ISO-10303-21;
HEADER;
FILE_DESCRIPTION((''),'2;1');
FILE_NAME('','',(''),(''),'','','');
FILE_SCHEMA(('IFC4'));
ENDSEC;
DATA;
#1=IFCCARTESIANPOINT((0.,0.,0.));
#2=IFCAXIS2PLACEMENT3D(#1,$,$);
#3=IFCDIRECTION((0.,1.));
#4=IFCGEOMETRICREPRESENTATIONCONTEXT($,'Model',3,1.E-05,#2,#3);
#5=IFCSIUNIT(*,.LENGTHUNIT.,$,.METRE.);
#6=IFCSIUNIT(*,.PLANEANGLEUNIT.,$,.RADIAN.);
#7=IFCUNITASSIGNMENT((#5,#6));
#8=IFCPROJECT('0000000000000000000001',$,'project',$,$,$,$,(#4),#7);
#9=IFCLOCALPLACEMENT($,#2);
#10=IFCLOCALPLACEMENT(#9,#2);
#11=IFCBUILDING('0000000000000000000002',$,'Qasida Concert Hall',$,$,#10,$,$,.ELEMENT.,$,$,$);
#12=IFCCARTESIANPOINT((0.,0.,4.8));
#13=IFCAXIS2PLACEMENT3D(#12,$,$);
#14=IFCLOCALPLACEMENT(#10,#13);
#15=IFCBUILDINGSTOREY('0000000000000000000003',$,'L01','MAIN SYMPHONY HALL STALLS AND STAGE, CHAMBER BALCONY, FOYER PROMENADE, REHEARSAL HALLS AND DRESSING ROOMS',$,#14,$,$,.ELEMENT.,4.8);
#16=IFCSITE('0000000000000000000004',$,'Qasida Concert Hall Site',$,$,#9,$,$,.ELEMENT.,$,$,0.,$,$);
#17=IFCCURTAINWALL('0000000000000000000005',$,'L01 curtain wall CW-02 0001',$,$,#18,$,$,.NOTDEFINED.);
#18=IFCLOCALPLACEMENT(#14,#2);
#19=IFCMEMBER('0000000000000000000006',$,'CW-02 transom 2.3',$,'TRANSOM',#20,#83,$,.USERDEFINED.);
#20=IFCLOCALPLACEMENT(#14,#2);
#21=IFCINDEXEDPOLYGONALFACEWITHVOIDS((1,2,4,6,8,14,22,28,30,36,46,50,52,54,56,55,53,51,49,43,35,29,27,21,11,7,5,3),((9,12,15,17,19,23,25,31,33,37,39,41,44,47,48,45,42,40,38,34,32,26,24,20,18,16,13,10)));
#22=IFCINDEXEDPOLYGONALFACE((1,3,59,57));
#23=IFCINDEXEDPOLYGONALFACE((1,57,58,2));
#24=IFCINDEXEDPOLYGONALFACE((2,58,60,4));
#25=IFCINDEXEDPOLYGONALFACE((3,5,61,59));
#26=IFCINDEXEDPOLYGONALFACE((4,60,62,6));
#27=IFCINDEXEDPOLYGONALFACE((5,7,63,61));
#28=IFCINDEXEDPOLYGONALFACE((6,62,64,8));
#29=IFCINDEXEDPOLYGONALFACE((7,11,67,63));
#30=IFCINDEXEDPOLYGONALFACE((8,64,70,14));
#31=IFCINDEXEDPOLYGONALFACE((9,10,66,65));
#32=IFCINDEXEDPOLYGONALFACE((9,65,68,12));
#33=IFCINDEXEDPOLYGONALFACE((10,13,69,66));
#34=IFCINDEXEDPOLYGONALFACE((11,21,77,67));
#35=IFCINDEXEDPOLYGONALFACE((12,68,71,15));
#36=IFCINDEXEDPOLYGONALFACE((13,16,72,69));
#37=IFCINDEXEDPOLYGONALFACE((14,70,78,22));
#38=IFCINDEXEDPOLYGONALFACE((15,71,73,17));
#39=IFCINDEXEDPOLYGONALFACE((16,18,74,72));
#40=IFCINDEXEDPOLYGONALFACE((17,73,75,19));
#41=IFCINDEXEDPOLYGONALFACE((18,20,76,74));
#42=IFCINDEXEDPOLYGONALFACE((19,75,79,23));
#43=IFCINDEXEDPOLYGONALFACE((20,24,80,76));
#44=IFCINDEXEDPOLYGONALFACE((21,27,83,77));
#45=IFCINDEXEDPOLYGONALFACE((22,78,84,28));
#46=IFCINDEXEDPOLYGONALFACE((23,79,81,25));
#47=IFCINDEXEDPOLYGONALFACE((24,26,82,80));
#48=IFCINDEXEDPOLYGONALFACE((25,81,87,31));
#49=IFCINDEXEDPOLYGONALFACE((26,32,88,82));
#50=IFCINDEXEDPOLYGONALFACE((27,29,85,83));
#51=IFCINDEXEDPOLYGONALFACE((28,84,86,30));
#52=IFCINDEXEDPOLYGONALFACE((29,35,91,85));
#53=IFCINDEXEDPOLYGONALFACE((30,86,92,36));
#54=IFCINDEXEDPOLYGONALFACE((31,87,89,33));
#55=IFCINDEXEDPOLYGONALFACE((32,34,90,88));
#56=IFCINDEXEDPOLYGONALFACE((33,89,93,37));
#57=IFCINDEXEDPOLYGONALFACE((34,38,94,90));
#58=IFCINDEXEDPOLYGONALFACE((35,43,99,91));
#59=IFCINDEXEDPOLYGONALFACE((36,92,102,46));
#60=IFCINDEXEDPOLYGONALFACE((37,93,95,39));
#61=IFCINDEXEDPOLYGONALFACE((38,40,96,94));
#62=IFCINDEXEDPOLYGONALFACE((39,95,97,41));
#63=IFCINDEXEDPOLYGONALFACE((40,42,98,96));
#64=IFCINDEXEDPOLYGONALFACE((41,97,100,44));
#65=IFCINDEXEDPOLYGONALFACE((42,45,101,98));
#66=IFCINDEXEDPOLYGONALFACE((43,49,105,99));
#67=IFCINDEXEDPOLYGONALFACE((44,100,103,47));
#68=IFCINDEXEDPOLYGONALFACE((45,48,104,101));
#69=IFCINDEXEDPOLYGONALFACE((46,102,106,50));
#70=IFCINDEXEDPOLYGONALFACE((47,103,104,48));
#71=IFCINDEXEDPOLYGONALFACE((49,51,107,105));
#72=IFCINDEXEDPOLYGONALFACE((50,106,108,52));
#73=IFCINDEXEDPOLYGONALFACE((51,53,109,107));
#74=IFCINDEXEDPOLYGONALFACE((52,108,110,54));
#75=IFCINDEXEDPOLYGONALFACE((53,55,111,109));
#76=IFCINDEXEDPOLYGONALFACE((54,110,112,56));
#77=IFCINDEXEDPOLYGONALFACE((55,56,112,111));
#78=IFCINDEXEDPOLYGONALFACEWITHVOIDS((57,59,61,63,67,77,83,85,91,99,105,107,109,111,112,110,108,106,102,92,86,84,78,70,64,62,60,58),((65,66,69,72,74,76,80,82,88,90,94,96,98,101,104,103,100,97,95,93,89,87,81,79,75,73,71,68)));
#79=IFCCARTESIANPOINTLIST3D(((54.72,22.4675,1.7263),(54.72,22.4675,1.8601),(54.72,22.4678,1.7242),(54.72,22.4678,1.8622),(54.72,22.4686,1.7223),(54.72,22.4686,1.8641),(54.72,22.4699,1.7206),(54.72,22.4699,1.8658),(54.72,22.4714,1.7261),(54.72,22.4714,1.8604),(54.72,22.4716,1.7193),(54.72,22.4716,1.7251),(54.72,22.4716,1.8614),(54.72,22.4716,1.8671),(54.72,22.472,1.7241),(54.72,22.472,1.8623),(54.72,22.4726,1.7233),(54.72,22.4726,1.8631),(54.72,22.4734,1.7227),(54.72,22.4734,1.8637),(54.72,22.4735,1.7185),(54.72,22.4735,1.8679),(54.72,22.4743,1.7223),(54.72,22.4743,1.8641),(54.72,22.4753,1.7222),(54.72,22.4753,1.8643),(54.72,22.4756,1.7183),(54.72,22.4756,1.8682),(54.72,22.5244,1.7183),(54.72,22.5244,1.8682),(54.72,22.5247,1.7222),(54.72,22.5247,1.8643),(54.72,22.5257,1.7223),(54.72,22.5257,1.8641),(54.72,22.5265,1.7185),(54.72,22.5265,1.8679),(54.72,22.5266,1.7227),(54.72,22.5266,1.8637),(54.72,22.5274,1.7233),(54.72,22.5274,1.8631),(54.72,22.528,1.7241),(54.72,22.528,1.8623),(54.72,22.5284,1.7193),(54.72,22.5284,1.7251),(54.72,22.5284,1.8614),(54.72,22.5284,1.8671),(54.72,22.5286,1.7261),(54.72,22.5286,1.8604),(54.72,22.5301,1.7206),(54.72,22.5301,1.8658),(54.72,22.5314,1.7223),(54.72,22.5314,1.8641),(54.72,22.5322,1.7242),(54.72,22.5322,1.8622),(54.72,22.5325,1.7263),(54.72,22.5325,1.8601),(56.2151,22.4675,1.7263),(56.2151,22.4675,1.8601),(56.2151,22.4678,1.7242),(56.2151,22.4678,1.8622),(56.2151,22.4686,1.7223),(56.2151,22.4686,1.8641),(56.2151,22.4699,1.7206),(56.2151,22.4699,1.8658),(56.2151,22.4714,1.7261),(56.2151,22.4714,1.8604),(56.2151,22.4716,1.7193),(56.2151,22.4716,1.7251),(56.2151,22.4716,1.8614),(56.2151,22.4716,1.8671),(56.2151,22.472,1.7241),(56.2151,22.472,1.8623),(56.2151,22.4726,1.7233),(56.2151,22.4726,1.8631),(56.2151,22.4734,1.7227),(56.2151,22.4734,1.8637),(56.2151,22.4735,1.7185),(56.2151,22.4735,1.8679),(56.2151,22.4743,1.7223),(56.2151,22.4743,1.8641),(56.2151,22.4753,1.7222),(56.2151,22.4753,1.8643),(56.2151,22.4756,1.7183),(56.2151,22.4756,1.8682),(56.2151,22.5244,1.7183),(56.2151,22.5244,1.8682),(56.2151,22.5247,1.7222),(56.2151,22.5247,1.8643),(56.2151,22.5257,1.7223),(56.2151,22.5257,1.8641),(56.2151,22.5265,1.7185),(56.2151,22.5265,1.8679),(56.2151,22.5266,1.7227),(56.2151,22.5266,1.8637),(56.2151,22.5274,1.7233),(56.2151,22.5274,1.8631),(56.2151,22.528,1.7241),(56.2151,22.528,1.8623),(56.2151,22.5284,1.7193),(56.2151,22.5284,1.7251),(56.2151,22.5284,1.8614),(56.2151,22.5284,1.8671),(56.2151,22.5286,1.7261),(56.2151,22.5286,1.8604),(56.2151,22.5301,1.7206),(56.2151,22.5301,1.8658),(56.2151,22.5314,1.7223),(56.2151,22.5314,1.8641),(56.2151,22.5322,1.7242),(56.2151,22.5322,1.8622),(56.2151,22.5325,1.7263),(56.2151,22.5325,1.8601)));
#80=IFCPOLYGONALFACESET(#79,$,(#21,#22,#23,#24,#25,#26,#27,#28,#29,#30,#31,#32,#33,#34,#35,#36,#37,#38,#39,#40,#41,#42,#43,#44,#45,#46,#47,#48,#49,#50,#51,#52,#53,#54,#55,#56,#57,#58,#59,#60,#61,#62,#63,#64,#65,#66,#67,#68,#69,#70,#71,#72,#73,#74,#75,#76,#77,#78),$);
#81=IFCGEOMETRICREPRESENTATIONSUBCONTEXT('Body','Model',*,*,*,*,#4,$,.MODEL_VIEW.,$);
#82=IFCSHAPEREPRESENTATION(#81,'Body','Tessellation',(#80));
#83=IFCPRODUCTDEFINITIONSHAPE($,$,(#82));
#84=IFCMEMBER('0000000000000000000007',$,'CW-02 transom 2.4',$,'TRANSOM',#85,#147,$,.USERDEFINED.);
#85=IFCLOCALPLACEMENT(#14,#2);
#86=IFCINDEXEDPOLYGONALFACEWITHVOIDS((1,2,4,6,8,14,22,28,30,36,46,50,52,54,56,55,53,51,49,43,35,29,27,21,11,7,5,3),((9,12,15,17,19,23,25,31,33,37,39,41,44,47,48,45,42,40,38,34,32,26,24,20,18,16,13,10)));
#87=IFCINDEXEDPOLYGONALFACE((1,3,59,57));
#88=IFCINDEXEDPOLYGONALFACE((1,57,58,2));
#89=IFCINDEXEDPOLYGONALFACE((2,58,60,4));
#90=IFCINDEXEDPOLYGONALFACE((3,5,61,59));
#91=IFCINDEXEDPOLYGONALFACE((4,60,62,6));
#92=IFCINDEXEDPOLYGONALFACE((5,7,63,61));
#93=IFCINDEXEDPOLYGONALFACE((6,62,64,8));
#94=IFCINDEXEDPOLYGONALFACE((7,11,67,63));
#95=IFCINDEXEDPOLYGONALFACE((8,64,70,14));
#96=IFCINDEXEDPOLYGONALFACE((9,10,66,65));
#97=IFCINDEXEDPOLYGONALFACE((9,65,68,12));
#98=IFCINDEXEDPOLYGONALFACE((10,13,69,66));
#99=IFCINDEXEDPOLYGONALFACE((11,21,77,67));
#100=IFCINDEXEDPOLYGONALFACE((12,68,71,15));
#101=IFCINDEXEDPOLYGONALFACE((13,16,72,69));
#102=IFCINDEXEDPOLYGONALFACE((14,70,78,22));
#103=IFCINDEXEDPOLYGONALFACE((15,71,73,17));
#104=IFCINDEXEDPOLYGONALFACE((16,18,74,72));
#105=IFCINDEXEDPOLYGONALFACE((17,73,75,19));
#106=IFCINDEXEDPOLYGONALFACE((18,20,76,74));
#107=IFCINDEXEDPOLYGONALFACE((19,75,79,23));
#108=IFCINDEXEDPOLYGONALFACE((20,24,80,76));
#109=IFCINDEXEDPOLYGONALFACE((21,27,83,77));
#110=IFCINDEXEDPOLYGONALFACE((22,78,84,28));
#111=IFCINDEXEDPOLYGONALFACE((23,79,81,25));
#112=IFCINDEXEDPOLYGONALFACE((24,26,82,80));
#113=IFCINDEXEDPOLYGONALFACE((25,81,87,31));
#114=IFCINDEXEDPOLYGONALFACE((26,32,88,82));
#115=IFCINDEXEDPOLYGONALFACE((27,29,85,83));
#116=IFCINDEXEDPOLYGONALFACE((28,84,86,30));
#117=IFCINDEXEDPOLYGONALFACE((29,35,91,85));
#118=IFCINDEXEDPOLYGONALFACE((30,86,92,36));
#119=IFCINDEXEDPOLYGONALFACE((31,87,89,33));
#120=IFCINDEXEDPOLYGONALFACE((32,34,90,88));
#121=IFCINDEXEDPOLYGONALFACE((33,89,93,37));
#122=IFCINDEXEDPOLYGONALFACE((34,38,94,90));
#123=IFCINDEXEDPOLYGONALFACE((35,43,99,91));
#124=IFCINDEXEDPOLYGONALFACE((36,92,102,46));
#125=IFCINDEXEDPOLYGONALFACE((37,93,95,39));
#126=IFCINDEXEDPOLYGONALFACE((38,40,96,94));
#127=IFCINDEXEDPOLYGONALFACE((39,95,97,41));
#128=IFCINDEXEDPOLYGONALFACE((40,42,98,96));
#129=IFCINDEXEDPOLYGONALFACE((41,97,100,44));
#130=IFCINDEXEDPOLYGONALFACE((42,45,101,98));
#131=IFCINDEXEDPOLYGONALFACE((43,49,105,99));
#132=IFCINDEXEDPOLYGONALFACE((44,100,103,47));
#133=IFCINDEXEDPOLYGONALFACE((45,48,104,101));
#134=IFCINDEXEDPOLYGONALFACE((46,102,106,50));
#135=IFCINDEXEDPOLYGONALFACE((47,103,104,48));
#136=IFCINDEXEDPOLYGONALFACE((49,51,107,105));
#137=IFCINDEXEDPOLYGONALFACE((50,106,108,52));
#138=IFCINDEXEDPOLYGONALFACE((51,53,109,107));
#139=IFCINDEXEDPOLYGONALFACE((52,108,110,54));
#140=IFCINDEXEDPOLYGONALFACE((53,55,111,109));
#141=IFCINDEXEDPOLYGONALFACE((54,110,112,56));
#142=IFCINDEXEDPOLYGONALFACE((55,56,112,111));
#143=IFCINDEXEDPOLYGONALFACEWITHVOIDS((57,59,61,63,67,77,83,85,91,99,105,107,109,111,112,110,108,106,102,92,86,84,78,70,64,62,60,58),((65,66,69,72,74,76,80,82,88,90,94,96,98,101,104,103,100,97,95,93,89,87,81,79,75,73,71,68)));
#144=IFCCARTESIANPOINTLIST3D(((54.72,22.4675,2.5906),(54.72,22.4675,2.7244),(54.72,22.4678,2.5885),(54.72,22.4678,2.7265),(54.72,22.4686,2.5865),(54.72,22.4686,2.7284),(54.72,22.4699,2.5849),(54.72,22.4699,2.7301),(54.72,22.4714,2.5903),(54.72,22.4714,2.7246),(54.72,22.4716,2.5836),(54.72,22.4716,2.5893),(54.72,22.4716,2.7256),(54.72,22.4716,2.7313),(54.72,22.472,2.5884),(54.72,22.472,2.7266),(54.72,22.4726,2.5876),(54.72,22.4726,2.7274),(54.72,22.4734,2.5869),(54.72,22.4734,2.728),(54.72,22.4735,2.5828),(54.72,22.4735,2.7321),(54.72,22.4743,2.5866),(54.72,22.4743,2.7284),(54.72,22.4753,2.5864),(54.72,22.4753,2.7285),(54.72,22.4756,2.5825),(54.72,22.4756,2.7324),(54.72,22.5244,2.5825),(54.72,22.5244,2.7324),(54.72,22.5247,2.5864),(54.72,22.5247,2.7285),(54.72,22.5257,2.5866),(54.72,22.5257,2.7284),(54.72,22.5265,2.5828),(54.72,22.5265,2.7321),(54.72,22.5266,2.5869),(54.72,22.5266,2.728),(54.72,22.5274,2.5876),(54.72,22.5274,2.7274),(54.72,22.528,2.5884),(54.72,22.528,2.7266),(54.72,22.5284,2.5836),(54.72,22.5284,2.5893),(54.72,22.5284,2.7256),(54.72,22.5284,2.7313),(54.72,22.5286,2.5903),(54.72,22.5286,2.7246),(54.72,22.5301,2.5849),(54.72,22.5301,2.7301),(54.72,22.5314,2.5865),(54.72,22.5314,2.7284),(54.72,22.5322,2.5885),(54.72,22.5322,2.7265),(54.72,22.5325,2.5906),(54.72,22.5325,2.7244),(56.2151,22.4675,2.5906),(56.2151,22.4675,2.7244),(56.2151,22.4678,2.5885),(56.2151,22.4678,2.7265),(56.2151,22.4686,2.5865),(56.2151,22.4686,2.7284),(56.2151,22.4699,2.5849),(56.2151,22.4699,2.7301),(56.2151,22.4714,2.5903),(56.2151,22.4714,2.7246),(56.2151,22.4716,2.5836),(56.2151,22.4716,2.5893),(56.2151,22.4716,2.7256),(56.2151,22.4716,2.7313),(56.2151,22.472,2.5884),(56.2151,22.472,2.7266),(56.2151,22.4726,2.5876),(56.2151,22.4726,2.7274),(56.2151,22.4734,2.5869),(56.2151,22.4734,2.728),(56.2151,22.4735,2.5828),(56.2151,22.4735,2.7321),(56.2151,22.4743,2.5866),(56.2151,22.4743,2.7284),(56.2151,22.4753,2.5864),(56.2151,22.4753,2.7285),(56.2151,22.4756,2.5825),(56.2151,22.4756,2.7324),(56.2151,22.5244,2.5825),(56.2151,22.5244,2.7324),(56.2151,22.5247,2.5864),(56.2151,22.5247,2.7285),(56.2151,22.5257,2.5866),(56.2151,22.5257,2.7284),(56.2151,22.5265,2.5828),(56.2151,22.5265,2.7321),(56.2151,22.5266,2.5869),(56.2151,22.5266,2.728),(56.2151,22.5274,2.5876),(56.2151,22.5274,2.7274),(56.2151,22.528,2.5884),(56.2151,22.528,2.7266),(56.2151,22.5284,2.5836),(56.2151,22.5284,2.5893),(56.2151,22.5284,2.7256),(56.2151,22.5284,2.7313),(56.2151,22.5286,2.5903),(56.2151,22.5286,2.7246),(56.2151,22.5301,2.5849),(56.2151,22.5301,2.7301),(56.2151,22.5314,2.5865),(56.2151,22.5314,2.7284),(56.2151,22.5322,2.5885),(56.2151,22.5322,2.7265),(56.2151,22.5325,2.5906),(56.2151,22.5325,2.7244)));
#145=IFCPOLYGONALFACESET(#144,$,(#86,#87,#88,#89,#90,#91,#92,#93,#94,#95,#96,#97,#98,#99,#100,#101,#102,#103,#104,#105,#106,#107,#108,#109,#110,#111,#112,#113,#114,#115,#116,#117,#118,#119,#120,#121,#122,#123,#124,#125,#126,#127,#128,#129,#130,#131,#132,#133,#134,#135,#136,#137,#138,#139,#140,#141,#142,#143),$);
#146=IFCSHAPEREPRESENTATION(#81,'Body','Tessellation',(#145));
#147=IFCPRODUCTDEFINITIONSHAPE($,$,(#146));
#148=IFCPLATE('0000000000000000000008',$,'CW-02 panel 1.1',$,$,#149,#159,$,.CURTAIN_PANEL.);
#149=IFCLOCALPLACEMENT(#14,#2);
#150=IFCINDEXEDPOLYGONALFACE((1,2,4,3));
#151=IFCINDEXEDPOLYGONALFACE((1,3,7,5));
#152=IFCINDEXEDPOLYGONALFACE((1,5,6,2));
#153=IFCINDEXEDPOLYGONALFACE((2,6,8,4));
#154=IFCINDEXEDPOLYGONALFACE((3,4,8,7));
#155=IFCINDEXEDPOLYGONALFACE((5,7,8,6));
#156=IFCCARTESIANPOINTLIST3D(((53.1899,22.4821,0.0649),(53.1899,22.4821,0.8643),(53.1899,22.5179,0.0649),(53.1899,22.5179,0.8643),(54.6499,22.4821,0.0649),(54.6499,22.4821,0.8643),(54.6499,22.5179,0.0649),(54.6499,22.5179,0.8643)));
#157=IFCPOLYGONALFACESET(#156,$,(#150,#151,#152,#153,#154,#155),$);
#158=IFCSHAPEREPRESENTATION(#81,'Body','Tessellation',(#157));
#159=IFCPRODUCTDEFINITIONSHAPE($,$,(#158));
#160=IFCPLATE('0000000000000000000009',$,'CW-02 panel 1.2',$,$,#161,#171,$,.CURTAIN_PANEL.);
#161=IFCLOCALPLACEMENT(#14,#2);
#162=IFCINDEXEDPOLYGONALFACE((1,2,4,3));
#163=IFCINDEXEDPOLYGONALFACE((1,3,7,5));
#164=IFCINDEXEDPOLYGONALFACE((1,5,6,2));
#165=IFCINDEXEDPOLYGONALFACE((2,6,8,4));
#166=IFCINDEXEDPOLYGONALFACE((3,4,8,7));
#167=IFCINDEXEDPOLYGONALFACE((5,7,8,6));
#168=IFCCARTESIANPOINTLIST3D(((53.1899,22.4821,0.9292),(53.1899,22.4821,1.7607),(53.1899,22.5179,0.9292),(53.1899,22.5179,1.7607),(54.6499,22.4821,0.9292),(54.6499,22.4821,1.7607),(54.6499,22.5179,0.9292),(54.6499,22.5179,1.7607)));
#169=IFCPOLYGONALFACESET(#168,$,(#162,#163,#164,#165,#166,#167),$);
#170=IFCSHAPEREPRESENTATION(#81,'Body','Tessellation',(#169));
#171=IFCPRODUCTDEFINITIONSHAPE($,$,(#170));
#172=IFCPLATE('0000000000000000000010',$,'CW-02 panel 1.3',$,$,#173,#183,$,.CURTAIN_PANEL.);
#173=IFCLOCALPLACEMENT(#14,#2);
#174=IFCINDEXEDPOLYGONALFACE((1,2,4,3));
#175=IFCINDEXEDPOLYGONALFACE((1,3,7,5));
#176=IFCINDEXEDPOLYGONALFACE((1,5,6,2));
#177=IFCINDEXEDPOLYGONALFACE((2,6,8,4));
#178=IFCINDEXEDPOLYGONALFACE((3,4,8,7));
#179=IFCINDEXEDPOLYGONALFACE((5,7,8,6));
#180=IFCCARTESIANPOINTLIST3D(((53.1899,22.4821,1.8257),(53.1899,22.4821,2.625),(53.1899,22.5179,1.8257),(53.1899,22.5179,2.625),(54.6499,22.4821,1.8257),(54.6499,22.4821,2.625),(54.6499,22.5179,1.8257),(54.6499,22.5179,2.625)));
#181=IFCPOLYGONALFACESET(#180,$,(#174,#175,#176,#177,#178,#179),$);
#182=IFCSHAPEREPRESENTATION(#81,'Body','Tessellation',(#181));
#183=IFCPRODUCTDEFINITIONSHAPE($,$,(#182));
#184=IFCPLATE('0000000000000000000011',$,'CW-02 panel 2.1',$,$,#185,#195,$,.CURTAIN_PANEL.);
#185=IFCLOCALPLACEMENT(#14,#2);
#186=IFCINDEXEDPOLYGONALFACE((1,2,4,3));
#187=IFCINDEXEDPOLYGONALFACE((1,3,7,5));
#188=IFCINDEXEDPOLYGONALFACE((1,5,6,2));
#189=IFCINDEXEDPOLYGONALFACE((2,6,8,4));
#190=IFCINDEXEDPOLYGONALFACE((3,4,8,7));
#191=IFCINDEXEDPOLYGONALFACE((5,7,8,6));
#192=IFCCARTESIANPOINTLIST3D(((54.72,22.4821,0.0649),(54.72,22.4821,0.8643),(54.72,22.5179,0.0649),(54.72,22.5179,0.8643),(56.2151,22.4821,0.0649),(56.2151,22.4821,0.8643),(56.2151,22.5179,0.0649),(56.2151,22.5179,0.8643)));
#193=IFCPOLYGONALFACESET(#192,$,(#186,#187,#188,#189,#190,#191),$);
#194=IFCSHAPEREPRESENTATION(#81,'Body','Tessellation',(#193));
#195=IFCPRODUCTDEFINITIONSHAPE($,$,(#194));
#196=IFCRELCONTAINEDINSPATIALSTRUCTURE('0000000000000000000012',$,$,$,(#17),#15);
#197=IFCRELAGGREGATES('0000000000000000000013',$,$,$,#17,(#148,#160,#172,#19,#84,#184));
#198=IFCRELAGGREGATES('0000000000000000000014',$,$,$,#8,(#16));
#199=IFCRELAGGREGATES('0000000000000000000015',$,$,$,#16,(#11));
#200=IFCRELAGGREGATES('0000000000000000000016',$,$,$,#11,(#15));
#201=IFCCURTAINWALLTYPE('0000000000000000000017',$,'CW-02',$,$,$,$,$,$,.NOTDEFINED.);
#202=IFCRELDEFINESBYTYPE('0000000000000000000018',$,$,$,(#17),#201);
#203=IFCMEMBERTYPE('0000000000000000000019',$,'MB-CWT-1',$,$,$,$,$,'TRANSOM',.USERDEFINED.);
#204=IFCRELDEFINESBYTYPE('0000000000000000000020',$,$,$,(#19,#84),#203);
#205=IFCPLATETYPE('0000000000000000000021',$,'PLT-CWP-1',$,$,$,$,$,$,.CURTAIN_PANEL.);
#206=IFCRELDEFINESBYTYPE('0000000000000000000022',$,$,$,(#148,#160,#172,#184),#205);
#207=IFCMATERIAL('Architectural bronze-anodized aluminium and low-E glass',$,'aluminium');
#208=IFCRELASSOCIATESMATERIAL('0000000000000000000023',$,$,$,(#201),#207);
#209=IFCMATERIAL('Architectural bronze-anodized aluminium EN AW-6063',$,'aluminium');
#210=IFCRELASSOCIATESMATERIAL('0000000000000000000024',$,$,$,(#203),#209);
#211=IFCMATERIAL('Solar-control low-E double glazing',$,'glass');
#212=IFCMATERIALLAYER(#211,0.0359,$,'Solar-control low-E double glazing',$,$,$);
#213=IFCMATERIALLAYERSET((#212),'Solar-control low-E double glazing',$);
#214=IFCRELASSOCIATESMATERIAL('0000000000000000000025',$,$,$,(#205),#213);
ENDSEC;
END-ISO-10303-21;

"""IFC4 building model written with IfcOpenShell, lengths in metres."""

from ifc_helpers import new_model, si_unit, direction, frame, origin, origin_2d, place, context, subcontext, project, spatial, rectangle, hollow_rectangle, extrude, material, layer, layer_set, material_profile, profile_set, type_object, element, aggregate, save


model = new_model("IFC4")

# Units and contexts
model_context = context("Model", 3, precision=1e-05, world=origin(), true_north=direction((0.0, 1.0)))
body_context = subcontext(model_context, "Body", "Model", "MODEL_VIEW")
ifc_project = project(units=[si_unit("LENGTHUNIT", "METRE"), si_unit("PLANEANGLEUNIT", "RADIAN")], contexts=[model_context])

# Site, building, storey
site_placement = place(None, origin())
site = spatial("IfcSite", under=ifc_project, at=site_placement, Name="Qasida Concert Hall Site", CompositionType="ELEMENT", RefElevation=0.0)
building_placement = place(site_placement, origin())
building = spatial("IfcBuilding", under=site, at=building_placement, Name="Qasida Concert Hall", CompositionType="ELEMENT")
storey_placement = place(building_placement, frame((0.0, 0.0, 4.8)))
storey = spatial("IfcBuildingStorey", under=building, at=storey_placement, Name="L01", Description="MAIN SYMPHONY HALL STALLS AND STAGE, CHAMBER BALCONY, FOYER PROMENADE, REHEARSAL HALLS AND DRESSING ROOMS", CompositionType="ELEMENT", Elevation=4.8)

# Curtain wall, members, plates
ifc_material_1 = material(Name="Architectural bronze-anodized aluminium and low-E glass", Category="aluminium")
curtain_wall_type = type_object("IfcCurtainWallType", Name="CW-02", PredefinedType="NOTDEFINED", material=ifc_material_1)
curtain_wall_placement = place(storey_placement, origin())
curtain_wall = element("IfcCurtainWall", 1, at=curtain_wall_placement, inside=storey, type_object=curtain_wall_type, Name="L01 curtain wall CW-02 0001", PredefinedType="NOTDEFINED")
ifc_material_2 = material(Name="Architectural bronze-anodized aluminium EN AW-6063", Category="aluminium")
ifc_material_profile_1 = material_profile(ifc_material_2, hollow_rectangle(XDim=0.0649, YDim=0.1499, WallThickness=0.0039, InnerFilletRadius=0.0039, OuterFilletRadius=0.0081, at=origin_2d()), Name="CWT 150x65x4")
ifc_profile_set_1 = profile_set([ifc_material_profile_1], Name="Architectural bronze-anodized aluminium EN AW-6063")
member_type_1 = type_object("IfcMemberType", Name="MB-CWT-1", ElementType="TRANSOM", PredefinedType="USERDEFINED", material=ifc_profile_set_1)
member_1_placement = place(storey_placement, frame((54.72, 22.5, 1.7932), z_axis=(1.0, 0.0, 0.0), x_axis=(0.0, 1.0, 0.0)))
member_1 = element("IfcMember", 2, at=member_1_placement, type_object=member_type_1, Name="CW-02 transom 2.3", ObjectType="TRANSOM", PredefinedType="USERDEFINED", context=body_context, shape_type="SweptSolid", body=[
    extrude(hollow_rectangle(XDim=0.0649, YDim=0.1499, WallThickness=0.0039, InnerFilletRadius=0.0039, OuterFilletRadius=0.0081, at=origin_2d()), origin(), (0.0, 0.0, 1.0), 1.4951),
])
member_2_placement = place(storey_placement, frame((54.72, 22.5, 2.6575), z_axis=(1.0, 0.0, 0.0), x_axis=(0.0, 1.0, 0.0)))
member_2 = element("IfcMember", 3, at=member_2_placement, type_object=member_type_1, Name="CW-02 transom 2.4", ObjectType="TRANSOM", PredefinedType="USERDEFINED", context=body_context, shape_type="SweptSolid", body=[
    extrude(hollow_rectangle(XDim=0.0649, YDim=0.1499, WallThickness=0.0039, InnerFilletRadius=0.0039, OuterFilletRadius=0.0081, at=origin_2d()), origin(), (0.0, 0.0, 1.0), 1.4951),
])
ifc_material_3 = material(Name="Solar-control low-E double glazing", Category="glass")
ifc_layer_1 = layer(ifc_material_3, 0.0359, Name="Solar-control low-E double glazing")
ifc_layer_set_1 = layer_set([ifc_layer_1], Name="Solar-control low-E double glazing")
plate_type_1 = type_object("IfcPlateType", Name="PLT-CWP-1", PredefinedType="CURTAIN_PANEL", material=ifc_layer_set_1)
plate_1_placement = place(storey_placement, frame((53.9199, 22.5, 0.0649), z_axis=(0.0, 0.0, 1.0), x_axis=(1.0, 0.0, 0.0)))
plate_1 = element("IfcPlate", 4, at=plate_1_placement, type_object=plate_type_1, Name="CW-02 panel 1.1", PredefinedType="CURTAIN_PANEL", context=body_context, shape_type="SweptSolid", body=[
    extrude(rectangle(XDim=1.46, YDim=0.0359, at=origin_2d()), origin(), (0.0, 0.0, 1.0), 0.7993),
])
plate_2_placement = place(storey_placement, frame((53.9199, 22.5, 0.9292), z_axis=(0.0, 0.0, 1.0), x_axis=(1.0, 0.0, 0.0)))
plate_2 = element("IfcPlate", 5, at=plate_2_placement, type_object=plate_type_1, Name="CW-02 panel 1.2", PredefinedType="CURTAIN_PANEL", context=body_context, shape_type="SweptSolid", body=[
    extrude(rectangle(XDim=1.46, YDim=0.0359, at=origin_2d()), origin(), (0.0, 0.0, 1.0), 0.8315),
])
plate_3_placement = place(storey_placement, frame((53.9199, 22.5, 1.8257), z_axis=(0.0, 0.0, 1.0), x_axis=(1.0, 0.0, 0.0)))
plate_3 = element("IfcPlate", 6, at=plate_3_placement, type_object=plate_type_1, Name="CW-02 panel 1.3", PredefinedType="CURTAIN_PANEL", context=body_context, shape_type="SweptSolid", body=[
    extrude(rectangle(XDim=1.46, YDim=0.0359, at=origin_2d()), origin(), (0.0, 0.0, 1.0), 0.7993),
])
plate_4_placement = place(storey_placement, frame((55.4675, 22.5, 0.0649), z_axis=(0.0, 0.0, 1.0), x_axis=(1.0, 0.0, 0.0)))
plate_4 = element("IfcPlate", 7, at=plate_4_placement, type_object=plate_type_1, Name="CW-02 panel 2.1", PredefinedType="CURTAIN_PANEL", context=body_context, shape_type="SweptSolid", body=[
    extrude(rectangle(XDim=1.4951, YDim=0.0359, at=origin_2d()), origin(), (0.0, 0.0, 1.0), 0.7993),
])
aggregate(curtain_wall, [plate_1, plate_2, plate_3, member_1, member_2, plate_4])

save(model, "model.ifc")
